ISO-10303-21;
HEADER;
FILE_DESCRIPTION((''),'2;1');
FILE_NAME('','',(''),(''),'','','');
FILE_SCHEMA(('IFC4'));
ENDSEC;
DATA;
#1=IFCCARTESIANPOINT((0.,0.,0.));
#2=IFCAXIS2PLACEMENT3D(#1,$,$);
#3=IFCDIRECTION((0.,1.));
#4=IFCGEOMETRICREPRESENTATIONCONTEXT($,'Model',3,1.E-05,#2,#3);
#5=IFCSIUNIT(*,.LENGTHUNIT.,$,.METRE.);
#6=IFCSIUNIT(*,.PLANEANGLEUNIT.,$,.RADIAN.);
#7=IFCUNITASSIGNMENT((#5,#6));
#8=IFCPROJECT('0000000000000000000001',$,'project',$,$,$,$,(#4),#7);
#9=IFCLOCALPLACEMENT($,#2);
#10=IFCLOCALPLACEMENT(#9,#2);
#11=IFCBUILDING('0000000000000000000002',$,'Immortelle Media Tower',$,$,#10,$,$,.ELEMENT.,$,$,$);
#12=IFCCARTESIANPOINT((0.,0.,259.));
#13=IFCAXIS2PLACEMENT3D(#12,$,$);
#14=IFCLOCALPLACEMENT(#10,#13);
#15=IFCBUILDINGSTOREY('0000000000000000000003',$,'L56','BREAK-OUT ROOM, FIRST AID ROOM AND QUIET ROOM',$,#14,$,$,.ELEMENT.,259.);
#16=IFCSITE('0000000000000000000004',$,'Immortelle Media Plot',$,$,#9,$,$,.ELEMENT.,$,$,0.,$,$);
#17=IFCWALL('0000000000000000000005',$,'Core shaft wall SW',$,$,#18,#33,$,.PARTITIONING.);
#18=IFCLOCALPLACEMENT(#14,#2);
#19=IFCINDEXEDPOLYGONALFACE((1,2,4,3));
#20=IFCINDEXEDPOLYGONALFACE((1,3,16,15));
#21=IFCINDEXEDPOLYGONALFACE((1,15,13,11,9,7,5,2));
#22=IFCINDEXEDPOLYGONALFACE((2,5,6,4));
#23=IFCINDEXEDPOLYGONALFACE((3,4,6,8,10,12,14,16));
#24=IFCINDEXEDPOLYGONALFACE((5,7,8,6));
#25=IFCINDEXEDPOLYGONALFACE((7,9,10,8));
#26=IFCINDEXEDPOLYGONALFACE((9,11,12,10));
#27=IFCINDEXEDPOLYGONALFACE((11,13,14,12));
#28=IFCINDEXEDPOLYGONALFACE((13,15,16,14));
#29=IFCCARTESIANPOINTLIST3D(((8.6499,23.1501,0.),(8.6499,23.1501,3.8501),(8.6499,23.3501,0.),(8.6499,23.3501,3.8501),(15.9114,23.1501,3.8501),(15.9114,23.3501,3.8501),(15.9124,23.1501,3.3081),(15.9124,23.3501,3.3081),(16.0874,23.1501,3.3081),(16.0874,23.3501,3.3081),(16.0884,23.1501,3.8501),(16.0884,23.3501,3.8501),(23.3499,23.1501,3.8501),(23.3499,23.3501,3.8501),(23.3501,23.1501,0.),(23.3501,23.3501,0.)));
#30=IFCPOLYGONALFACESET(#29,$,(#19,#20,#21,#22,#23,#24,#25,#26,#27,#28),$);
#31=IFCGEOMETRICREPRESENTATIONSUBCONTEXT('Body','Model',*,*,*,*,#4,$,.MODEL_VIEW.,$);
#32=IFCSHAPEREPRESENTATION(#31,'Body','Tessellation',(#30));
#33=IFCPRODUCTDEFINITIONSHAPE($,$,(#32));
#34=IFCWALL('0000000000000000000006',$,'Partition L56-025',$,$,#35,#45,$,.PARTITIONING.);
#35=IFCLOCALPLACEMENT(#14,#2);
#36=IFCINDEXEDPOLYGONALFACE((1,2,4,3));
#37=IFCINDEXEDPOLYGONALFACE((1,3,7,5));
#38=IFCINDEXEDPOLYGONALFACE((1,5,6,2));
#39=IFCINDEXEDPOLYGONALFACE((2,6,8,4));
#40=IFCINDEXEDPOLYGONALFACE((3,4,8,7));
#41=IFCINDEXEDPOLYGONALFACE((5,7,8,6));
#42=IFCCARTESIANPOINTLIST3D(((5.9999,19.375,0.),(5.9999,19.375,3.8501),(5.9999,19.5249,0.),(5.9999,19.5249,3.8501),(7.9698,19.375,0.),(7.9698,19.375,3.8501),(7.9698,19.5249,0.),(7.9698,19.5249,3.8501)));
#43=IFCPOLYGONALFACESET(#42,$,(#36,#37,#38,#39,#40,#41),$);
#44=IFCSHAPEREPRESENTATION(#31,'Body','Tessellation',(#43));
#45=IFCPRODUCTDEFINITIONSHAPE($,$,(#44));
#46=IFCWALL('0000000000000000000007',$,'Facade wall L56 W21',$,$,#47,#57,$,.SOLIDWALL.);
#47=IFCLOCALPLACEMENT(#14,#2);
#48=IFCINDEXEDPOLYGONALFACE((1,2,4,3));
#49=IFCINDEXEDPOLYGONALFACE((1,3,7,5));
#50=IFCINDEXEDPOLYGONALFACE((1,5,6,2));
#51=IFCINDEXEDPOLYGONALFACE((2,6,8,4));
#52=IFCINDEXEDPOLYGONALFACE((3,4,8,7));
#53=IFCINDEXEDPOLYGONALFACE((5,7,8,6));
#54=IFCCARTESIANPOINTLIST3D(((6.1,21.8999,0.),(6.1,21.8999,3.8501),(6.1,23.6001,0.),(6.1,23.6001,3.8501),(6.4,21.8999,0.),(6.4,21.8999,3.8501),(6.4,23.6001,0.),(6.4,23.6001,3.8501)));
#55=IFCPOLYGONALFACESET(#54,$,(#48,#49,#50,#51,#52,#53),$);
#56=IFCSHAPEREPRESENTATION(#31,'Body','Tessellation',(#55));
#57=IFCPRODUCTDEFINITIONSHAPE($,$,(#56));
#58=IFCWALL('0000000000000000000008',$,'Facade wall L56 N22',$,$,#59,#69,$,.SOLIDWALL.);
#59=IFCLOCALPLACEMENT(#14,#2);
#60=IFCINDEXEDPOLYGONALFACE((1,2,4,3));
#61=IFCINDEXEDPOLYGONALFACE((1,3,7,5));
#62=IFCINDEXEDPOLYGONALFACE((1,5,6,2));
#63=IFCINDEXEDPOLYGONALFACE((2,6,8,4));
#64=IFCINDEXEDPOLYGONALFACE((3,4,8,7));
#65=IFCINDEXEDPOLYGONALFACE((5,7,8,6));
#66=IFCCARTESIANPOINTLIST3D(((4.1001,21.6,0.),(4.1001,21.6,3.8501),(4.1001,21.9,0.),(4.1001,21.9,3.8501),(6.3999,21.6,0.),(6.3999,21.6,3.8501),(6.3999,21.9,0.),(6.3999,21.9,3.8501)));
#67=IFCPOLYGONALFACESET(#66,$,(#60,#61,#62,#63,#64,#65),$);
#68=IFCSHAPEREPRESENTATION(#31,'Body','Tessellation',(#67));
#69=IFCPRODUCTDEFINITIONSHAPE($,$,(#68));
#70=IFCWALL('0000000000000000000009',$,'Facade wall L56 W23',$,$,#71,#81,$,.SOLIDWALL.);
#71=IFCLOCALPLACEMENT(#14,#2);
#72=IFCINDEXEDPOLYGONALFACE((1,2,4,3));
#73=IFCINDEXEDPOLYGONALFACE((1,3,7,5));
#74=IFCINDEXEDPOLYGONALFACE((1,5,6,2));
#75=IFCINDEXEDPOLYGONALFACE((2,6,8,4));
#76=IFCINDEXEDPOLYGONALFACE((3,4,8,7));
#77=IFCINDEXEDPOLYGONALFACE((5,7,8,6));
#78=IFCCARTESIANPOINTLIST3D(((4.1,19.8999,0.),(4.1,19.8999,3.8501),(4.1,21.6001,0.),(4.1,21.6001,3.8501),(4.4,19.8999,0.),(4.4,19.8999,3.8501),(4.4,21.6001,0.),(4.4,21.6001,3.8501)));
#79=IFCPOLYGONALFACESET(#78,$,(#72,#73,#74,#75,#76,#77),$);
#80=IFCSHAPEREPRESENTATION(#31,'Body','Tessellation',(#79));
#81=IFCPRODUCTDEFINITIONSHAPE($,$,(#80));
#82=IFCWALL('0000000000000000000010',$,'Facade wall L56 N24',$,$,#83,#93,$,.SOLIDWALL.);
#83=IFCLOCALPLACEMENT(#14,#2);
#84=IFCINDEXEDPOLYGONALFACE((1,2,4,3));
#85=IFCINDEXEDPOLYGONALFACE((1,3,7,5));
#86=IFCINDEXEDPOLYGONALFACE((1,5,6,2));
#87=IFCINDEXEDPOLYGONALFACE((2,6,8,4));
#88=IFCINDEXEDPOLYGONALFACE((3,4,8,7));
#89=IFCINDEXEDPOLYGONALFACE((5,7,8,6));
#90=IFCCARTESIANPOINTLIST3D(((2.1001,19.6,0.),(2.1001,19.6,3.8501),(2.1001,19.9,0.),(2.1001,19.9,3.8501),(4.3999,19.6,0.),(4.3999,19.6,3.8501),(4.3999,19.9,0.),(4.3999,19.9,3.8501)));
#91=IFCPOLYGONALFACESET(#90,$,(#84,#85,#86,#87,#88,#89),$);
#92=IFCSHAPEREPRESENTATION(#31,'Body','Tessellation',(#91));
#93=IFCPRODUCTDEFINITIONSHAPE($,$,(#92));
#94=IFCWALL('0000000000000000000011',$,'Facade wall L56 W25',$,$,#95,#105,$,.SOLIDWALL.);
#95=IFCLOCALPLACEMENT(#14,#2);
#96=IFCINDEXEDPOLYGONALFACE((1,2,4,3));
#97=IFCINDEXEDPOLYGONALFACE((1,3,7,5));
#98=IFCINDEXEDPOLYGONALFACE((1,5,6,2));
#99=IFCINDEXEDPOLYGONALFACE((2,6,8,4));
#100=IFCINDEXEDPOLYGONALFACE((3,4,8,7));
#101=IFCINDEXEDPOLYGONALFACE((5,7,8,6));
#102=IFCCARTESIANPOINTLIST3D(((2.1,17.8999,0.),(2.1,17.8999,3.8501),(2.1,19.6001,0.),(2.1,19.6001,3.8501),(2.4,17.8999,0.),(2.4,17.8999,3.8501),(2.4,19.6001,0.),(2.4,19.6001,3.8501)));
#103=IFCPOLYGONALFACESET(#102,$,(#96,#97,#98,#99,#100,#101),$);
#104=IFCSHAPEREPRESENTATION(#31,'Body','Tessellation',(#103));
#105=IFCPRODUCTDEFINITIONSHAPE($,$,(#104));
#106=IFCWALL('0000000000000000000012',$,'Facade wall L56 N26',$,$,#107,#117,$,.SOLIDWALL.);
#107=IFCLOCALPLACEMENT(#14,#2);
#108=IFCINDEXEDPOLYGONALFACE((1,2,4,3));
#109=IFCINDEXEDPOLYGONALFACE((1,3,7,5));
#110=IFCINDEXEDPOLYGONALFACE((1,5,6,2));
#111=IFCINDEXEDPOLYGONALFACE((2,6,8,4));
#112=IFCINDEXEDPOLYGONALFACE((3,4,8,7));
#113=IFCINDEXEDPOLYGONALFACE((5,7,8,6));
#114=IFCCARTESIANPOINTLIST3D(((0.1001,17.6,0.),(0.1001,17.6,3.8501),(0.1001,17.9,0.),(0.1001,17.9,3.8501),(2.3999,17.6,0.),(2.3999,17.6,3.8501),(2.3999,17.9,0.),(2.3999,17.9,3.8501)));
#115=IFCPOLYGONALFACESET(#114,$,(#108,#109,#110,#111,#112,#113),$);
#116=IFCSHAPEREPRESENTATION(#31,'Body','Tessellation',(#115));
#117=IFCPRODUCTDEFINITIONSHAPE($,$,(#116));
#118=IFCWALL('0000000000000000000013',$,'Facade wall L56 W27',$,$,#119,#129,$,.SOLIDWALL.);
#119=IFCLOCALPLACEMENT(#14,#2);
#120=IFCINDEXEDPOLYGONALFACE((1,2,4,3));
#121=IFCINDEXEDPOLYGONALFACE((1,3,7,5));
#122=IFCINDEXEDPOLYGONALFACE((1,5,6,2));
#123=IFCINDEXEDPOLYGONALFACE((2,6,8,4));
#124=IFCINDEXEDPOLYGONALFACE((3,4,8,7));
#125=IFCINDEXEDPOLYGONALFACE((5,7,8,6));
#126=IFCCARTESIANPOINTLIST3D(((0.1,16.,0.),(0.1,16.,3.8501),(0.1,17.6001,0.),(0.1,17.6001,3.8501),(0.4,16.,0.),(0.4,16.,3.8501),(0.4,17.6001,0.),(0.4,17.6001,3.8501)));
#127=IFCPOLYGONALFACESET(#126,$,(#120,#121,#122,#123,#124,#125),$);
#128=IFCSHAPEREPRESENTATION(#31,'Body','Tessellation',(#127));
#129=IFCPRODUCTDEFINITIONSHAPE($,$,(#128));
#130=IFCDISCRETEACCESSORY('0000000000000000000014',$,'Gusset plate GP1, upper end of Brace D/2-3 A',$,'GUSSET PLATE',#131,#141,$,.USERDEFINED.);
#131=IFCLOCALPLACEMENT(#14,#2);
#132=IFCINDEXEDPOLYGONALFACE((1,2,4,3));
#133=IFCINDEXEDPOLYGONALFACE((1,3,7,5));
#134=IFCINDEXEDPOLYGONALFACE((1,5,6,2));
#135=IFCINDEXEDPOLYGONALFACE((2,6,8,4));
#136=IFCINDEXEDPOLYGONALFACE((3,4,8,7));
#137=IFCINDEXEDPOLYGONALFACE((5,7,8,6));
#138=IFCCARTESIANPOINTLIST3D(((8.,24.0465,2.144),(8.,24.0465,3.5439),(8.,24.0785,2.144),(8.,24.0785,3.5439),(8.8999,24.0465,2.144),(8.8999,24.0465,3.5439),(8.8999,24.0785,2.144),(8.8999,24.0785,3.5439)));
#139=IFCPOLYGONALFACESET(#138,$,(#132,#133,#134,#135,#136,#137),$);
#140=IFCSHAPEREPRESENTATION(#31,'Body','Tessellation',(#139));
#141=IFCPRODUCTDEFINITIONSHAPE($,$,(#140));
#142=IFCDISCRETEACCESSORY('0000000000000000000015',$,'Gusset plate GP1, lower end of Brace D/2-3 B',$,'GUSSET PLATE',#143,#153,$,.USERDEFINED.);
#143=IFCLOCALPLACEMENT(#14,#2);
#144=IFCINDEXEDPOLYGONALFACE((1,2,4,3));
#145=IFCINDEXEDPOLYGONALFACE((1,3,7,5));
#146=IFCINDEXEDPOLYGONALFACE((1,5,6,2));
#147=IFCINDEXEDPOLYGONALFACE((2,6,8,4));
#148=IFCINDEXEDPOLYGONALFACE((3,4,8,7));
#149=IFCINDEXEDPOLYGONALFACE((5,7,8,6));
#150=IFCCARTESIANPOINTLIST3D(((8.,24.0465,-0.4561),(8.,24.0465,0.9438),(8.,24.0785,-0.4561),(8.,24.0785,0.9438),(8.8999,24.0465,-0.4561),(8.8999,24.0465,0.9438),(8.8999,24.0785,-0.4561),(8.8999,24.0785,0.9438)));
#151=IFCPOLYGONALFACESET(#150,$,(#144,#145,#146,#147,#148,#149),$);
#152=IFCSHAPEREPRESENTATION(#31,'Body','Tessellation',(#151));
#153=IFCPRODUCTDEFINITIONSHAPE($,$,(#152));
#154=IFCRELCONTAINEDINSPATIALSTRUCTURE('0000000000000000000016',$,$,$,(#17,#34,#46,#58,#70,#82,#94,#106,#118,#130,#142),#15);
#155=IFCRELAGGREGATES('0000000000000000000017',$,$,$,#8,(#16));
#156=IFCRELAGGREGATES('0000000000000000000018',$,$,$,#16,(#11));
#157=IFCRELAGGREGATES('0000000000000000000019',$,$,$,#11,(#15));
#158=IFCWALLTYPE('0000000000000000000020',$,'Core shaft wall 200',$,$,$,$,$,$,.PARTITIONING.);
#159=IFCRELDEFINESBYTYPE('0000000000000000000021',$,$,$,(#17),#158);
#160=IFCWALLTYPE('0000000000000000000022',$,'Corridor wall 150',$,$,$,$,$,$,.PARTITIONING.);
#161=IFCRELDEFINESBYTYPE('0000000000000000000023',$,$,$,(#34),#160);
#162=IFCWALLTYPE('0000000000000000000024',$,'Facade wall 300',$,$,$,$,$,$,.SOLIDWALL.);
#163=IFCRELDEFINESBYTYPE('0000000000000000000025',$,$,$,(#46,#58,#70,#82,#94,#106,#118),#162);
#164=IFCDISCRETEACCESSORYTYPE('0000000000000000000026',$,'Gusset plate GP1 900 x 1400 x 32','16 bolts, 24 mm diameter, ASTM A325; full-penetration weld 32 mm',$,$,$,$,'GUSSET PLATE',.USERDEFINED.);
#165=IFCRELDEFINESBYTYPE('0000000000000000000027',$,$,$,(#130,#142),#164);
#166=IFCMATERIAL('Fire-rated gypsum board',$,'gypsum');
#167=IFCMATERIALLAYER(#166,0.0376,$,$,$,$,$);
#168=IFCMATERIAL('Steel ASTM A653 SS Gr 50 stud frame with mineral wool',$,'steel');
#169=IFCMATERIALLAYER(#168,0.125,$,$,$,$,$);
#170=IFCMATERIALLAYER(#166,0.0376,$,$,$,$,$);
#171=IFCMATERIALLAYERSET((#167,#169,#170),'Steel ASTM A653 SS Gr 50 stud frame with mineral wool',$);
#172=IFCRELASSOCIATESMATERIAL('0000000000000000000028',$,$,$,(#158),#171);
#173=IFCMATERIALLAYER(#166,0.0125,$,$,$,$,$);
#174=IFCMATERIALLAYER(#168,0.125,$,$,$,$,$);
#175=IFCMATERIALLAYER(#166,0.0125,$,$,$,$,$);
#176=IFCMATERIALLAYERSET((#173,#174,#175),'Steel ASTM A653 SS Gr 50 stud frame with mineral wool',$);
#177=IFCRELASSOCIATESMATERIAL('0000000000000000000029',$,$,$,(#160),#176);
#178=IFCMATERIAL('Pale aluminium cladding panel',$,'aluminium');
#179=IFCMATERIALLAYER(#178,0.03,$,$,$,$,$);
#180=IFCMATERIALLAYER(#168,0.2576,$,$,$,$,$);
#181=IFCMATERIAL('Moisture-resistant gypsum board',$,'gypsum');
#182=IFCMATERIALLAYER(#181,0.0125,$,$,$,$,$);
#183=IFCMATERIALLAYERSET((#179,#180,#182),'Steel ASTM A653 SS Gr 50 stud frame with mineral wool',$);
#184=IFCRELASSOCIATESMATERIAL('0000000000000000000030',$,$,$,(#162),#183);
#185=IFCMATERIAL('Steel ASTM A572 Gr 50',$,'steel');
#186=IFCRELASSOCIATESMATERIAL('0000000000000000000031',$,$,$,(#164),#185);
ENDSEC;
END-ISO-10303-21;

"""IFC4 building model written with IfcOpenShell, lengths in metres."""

from ifc_helpers import new_model, si_unit, direction, frame, frame_2d, origin, origin_2d, place, context, subcontext, project, spatial, polyline, rectangle, outline, extrude, material, layer, layer_set, material_profile, profile_set, type_object, element, save


model = new_model("IFC4")

# Units and contexts
model_context = context("Model", 3, precision=1e-05, world=origin(), true_north=direction((0.0, 1.0)))
body_context = subcontext(model_context, "Body", "Model", "MODEL_VIEW")
ifc_project = project(units=[si_unit("LENGTHUNIT", "METRE"), si_unit("PLANEANGLEUNIT", "RADIAN")], contexts=[model_context])

# Site, building, storey
site_placement = place(None, origin())
site = spatial("IfcSite", under=ifc_project, at=site_placement, Name="Immortelle Media Plot", CompositionType="ELEMENT", RefElevation=0.0)
building_placement = place(site_placement, origin())
building = spatial("IfcBuilding", under=site, at=building_placement, Name="Immortelle Media Tower", CompositionType="ELEMENT")
storey_placement = place(building_placement, frame((0.0, 0.0, 259.0)))
storey = spatial("IfcBuildingStorey", under=building, at=storey_placement, Name="L56", Description="BREAK-OUT ROOM, FIRST AID ROOM AND QUIET ROOM", CompositionType="ELEMENT", Elevation=259.0)

# Walls
ifc_material_1 = material(Name="Fire-rated gypsum board", Category="gypsum")
ifc_layer_1 = layer(ifc_material_1, 0.0376)
ifc_material_2 = material(Name="Steel ASTM A653 SS Gr 50 stud frame with mineral wool", Category="steel")
ifc_layer_2 = layer(ifc_material_2, 0.125)
ifc_layer_3 = layer(ifc_material_1, 0.0376)
ifc_layer_set_1 = layer_set([ifc_layer_1, ifc_layer_2, ifc_layer_3], Name="Steel ASTM A653 SS Gr 50 stud frame with mineral wool")
wall_type_1 = type_object("IfcWallType", Name="Core shaft wall 200", PredefinedType="PARTITIONING", material=ifc_layer_set_1)
wall_1_placement = place(storey_placement, frame((8.6499, 23.25, 0.0), z_axis=(0.0, 0.0, 1.0), x_axis=(1.0, 0.0, 0.0)))
element("IfcWall", 1, at=wall_1_placement, inside=storey, type_object=wall_type_1, Name="Core shaft wall SW", PredefinedType="PARTITIONING", context=body_context, shape_type="SweptSolid", body=[
    extrude(outline(polyline([(0.0, 0.0), (14.7002, 0.0), (14.7, 3.8501), (7.4385, 3.8501), (7.4375, 3.3081), (7.2625, 3.3081), (7.2615, 3.8501), (0.0, 3.8501), (0.0, 0.0)])), frame((0.0, 0.1001, 0.0), z_axis=(0.0, -1.0, 0.0), x_axis=(1.0, 0.0, 0.0)), (0.0, 0.0, 1.0), 0.2),
])
ifc_layer_4 = layer(ifc_material_1, 0.0125)
ifc_layer_5 = layer(ifc_material_2, 0.125)
ifc_layer_6 = layer(ifc_material_1, 0.0125)
ifc_layer_set_2 = layer_set([ifc_layer_4, ifc_layer_5, ifc_layer_6], Name="Steel ASTM A653 SS Gr 50 stud frame with mineral wool")
wall_type_2 = type_object("IfcWallType", Name="Corridor wall 150", PredefinedType="PARTITIONING", material=ifc_layer_set_2)
wall_2_placement = place(storey_placement, frame((6.0, 19.45, 0.0), z_axis=(0.0, 0.0, 1.0), x_axis=(1.0, 0.0, 0.0)))
element("IfcWall", 2, at=wall_2_placement, inside=storey, type_object=wall_type_2, Name="Partition L56-025", PredefinedType="PARTITIONING", context=body_context, shape_type="SweptSolid", body=[
    extrude(rectangle(XDim=1.97, YDim=0.1499, at=frame_2d((0.9849, 0.0))), origin(), (0.0, 0.0, 1.0), 3.8501),
])
ifc_material_3 = material(Name="Pale aluminium cladding panel", Category="aluminium")
ifc_layer_7 = layer(ifc_material_3, 0.03)
ifc_layer_8 = layer(ifc_material_2, 0.2576)
ifc_material_4 = material(Name="Moisture-resistant gypsum board", Category="gypsum")
ifc_layer_9 = layer(ifc_material_4, 0.0125)
ifc_layer_set_3 = layer_set([ifc_layer_7, ifc_layer_8, ifc_layer_9], Name="Steel ASTM A653 SS Gr 50 stud frame with mineral wool")
wall_type_3 = type_object("IfcWallType", Name="Facade wall 300", PredefinedType="SOLIDWALL", material=ifc_layer_set_3)
wall_3_placement = place(storey_placement, frame((6.25, 23.6001, 0.0), z_axis=(0.0, 0.0, 1.0), x_axis=(0.0, -1.0, 0.0)))
element("IfcWall", 3, at=wall_3_placement, inside=storey, type_object=wall_type_3, Name="Facade wall L56 W21", PredefinedType="SOLIDWALL", context=body_context, shape_type="SweptSolid", body=[
    extrude(rectangle(XDim=1.7002, YDim=0.3, at=frame_2d((0.8501, 0.0))), origin(), (0.0, 0.0, 1.0), 3.8501),
])
wall_4_placement = place(storey_placement, frame((6.3999, 21.75, 0.0), z_axis=(0.0, 0.0, 1.0), x_axis=(-1.0, 0.0, 0.0)))
element("IfcWall", 4, at=wall_4_placement, inside=storey, type_object=wall_type_3, Name="Facade wall L56 N22", PredefinedType="SOLIDWALL", context=body_context, shape_type="SweptSolid", body=[
    extrude(rectangle(XDim=2.2998, YDim=0.3, at=frame_2d((1.1499, 0.0))), origin(), (0.0, 0.0, 1.0), 3.8501),
])
wall_5_placement = place(storey_placement, frame((4.25, 21.6001, 0.0), z_axis=(0.0, 0.0, 1.0), x_axis=(0.0, -1.0, 0.0)))
element("IfcWall", 5, at=wall_5_placement, inside=storey, type_object=wall_type_3, Name="Facade wall L56 W23", PredefinedType="SOLIDWALL", context=body_context, shape_type="SweptSolid", body=[
    extrude(rectangle(XDim=1.7002, YDim=0.3, at=frame_2d((0.8501, 0.0))), origin(), (0.0, 0.0, 1.0), 3.8501),
])
wall_6_placement = place(storey_placement, frame((4.3999, 19.75, 0.0), z_axis=(0.0, 0.0, 1.0), x_axis=(-1.0, 0.0, 0.0)))
element("IfcWall", 6, at=wall_6_placement, inside=storey, type_object=wall_type_3, Name="Facade wall L56 N24", PredefinedType="SOLIDWALL", context=body_context, shape_type="SweptSolid", body=[
    extrude(rectangle(XDim=2.2998, YDim=0.3, at=frame_2d((1.1499, 0.0))), origin(), (0.0, 0.0, 1.0), 3.8501),
])
wall_7_placement = place(storey_placement, frame((2.25, 19.6001, 0.0), z_axis=(0.0, 0.0, 1.0), x_axis=(0.0, -1.0, 0.0)))
element("IfcWall", 7, at=wall_7_placement, inside=storey, type_object=wall_type_3, Name="Facade wall L56 W25", PredefinedType="SOLIDWALL", context=body_context, shape_type="SweptSolid", body=[
    extrude(rectangle(XDim=1.7002, YDim=0.3, at=frame_2d((0.8501, 0.0))), origin(), (0.0, 0.0, 1.0), 3.8501),
])
wall_8_placement = place(storey_placement, frame((2.3999, 17.75, 0.0), z_axis=(0.0, 0.0, 1.0), x_axis=(-1.0, 0.0, 0.0)))
element("IfcWall", 8, at=wall_8_placement, inside=storey, type_object=wall_type_3, Name="Facade wall L56 N26", PredefinedType="SOLIDWALL", context=body_context, shape_type="SweptSolid", body=[
    extrude(rectangle(XDim=2.2998, YDim=0.3, at=frame_2d((1.1499, 0.0))), origin(), (0.0, 0.0, 1.0), 3.8501),
])
wall_9_placement = place(storey_placement, frame((0.25, 17.6001, 0.0), z_axis=(0.0, 0.0, 1.0), x_axis=(0.0, -1.0, 0.0)))
element("IfcWall", 9, at=wall_9_placement, inside=storey, type_object=wall_type_3, Name="Facade wall L56 W27", PredefinedType="SOLIDWALL", context=body_context, shape_type="SweptSolid", body=[
    extrude(rectangle(XDim=1.6001, YDim=0.3, at=frame_2d((0.8, 0.0))), origin(), (0.0, 0.0, 1.0), 3.8501),
])

# Discrete accessories
ifc_material_5 = material(Name="Steel ASTM A572 Gr 50", Category="steel")
ifc_material_profile_1 = material_profile(ifc_material_5, rectangle(XDim=0.032, YDim=1.3999, at=origin_2d()), Name="PL 32 x 1400")
ifc_profile_set_1 = profile_set([ifc_material_profile_1], Name="Steel ASTM A572 Gr 50")
discrete_accessory_type = type_object("IfcDiscreteAccessoryType", Name="Gusset plate GP1 900 x 1400 x 32", Description="16 bolts, 24 mm diameter, ASTM A325; full-penetration weld 32 mm", ElementType="GUSSET PLATE", PredefinedType="USERDEFINED", material=ifc_profile_set_1)
for number, where, z_axis, x_axis, name in (
    (10, (8.0, 24.0625, 2.844), (1.0, 0.0, 0.0), (0.0, 1.0, 0.0), "Gusset plate GP1, upper end of Brace D/2-3 A"),
    (11, (8.0, 24.0625, 0.2439), (1.0, 0.0, 0.0), (0.0, 1.0, 0.0), "Gusset plate GP1, lower end of Brace D/2-3 B"),
):
    element("IfcDiscreteAccessory", number, at=place(storey_placement, frame(where, z_axis=z_axis, x_axis=x_axis)), inside=storey, type_object=discrete_accessory_type, Name=name, ObjectType="GUSSET PLATE", PredefinedType="USERDEFINED", context=body_context, shape_type="SweptSolid", body=[
        extrude(rectangle(XDim=0.032, YDim=1.3999, at=origin_2d()), origin(), (0.0, 0.0, 1.0), 0.8999),
    ])

save(model, "model.ifc")
